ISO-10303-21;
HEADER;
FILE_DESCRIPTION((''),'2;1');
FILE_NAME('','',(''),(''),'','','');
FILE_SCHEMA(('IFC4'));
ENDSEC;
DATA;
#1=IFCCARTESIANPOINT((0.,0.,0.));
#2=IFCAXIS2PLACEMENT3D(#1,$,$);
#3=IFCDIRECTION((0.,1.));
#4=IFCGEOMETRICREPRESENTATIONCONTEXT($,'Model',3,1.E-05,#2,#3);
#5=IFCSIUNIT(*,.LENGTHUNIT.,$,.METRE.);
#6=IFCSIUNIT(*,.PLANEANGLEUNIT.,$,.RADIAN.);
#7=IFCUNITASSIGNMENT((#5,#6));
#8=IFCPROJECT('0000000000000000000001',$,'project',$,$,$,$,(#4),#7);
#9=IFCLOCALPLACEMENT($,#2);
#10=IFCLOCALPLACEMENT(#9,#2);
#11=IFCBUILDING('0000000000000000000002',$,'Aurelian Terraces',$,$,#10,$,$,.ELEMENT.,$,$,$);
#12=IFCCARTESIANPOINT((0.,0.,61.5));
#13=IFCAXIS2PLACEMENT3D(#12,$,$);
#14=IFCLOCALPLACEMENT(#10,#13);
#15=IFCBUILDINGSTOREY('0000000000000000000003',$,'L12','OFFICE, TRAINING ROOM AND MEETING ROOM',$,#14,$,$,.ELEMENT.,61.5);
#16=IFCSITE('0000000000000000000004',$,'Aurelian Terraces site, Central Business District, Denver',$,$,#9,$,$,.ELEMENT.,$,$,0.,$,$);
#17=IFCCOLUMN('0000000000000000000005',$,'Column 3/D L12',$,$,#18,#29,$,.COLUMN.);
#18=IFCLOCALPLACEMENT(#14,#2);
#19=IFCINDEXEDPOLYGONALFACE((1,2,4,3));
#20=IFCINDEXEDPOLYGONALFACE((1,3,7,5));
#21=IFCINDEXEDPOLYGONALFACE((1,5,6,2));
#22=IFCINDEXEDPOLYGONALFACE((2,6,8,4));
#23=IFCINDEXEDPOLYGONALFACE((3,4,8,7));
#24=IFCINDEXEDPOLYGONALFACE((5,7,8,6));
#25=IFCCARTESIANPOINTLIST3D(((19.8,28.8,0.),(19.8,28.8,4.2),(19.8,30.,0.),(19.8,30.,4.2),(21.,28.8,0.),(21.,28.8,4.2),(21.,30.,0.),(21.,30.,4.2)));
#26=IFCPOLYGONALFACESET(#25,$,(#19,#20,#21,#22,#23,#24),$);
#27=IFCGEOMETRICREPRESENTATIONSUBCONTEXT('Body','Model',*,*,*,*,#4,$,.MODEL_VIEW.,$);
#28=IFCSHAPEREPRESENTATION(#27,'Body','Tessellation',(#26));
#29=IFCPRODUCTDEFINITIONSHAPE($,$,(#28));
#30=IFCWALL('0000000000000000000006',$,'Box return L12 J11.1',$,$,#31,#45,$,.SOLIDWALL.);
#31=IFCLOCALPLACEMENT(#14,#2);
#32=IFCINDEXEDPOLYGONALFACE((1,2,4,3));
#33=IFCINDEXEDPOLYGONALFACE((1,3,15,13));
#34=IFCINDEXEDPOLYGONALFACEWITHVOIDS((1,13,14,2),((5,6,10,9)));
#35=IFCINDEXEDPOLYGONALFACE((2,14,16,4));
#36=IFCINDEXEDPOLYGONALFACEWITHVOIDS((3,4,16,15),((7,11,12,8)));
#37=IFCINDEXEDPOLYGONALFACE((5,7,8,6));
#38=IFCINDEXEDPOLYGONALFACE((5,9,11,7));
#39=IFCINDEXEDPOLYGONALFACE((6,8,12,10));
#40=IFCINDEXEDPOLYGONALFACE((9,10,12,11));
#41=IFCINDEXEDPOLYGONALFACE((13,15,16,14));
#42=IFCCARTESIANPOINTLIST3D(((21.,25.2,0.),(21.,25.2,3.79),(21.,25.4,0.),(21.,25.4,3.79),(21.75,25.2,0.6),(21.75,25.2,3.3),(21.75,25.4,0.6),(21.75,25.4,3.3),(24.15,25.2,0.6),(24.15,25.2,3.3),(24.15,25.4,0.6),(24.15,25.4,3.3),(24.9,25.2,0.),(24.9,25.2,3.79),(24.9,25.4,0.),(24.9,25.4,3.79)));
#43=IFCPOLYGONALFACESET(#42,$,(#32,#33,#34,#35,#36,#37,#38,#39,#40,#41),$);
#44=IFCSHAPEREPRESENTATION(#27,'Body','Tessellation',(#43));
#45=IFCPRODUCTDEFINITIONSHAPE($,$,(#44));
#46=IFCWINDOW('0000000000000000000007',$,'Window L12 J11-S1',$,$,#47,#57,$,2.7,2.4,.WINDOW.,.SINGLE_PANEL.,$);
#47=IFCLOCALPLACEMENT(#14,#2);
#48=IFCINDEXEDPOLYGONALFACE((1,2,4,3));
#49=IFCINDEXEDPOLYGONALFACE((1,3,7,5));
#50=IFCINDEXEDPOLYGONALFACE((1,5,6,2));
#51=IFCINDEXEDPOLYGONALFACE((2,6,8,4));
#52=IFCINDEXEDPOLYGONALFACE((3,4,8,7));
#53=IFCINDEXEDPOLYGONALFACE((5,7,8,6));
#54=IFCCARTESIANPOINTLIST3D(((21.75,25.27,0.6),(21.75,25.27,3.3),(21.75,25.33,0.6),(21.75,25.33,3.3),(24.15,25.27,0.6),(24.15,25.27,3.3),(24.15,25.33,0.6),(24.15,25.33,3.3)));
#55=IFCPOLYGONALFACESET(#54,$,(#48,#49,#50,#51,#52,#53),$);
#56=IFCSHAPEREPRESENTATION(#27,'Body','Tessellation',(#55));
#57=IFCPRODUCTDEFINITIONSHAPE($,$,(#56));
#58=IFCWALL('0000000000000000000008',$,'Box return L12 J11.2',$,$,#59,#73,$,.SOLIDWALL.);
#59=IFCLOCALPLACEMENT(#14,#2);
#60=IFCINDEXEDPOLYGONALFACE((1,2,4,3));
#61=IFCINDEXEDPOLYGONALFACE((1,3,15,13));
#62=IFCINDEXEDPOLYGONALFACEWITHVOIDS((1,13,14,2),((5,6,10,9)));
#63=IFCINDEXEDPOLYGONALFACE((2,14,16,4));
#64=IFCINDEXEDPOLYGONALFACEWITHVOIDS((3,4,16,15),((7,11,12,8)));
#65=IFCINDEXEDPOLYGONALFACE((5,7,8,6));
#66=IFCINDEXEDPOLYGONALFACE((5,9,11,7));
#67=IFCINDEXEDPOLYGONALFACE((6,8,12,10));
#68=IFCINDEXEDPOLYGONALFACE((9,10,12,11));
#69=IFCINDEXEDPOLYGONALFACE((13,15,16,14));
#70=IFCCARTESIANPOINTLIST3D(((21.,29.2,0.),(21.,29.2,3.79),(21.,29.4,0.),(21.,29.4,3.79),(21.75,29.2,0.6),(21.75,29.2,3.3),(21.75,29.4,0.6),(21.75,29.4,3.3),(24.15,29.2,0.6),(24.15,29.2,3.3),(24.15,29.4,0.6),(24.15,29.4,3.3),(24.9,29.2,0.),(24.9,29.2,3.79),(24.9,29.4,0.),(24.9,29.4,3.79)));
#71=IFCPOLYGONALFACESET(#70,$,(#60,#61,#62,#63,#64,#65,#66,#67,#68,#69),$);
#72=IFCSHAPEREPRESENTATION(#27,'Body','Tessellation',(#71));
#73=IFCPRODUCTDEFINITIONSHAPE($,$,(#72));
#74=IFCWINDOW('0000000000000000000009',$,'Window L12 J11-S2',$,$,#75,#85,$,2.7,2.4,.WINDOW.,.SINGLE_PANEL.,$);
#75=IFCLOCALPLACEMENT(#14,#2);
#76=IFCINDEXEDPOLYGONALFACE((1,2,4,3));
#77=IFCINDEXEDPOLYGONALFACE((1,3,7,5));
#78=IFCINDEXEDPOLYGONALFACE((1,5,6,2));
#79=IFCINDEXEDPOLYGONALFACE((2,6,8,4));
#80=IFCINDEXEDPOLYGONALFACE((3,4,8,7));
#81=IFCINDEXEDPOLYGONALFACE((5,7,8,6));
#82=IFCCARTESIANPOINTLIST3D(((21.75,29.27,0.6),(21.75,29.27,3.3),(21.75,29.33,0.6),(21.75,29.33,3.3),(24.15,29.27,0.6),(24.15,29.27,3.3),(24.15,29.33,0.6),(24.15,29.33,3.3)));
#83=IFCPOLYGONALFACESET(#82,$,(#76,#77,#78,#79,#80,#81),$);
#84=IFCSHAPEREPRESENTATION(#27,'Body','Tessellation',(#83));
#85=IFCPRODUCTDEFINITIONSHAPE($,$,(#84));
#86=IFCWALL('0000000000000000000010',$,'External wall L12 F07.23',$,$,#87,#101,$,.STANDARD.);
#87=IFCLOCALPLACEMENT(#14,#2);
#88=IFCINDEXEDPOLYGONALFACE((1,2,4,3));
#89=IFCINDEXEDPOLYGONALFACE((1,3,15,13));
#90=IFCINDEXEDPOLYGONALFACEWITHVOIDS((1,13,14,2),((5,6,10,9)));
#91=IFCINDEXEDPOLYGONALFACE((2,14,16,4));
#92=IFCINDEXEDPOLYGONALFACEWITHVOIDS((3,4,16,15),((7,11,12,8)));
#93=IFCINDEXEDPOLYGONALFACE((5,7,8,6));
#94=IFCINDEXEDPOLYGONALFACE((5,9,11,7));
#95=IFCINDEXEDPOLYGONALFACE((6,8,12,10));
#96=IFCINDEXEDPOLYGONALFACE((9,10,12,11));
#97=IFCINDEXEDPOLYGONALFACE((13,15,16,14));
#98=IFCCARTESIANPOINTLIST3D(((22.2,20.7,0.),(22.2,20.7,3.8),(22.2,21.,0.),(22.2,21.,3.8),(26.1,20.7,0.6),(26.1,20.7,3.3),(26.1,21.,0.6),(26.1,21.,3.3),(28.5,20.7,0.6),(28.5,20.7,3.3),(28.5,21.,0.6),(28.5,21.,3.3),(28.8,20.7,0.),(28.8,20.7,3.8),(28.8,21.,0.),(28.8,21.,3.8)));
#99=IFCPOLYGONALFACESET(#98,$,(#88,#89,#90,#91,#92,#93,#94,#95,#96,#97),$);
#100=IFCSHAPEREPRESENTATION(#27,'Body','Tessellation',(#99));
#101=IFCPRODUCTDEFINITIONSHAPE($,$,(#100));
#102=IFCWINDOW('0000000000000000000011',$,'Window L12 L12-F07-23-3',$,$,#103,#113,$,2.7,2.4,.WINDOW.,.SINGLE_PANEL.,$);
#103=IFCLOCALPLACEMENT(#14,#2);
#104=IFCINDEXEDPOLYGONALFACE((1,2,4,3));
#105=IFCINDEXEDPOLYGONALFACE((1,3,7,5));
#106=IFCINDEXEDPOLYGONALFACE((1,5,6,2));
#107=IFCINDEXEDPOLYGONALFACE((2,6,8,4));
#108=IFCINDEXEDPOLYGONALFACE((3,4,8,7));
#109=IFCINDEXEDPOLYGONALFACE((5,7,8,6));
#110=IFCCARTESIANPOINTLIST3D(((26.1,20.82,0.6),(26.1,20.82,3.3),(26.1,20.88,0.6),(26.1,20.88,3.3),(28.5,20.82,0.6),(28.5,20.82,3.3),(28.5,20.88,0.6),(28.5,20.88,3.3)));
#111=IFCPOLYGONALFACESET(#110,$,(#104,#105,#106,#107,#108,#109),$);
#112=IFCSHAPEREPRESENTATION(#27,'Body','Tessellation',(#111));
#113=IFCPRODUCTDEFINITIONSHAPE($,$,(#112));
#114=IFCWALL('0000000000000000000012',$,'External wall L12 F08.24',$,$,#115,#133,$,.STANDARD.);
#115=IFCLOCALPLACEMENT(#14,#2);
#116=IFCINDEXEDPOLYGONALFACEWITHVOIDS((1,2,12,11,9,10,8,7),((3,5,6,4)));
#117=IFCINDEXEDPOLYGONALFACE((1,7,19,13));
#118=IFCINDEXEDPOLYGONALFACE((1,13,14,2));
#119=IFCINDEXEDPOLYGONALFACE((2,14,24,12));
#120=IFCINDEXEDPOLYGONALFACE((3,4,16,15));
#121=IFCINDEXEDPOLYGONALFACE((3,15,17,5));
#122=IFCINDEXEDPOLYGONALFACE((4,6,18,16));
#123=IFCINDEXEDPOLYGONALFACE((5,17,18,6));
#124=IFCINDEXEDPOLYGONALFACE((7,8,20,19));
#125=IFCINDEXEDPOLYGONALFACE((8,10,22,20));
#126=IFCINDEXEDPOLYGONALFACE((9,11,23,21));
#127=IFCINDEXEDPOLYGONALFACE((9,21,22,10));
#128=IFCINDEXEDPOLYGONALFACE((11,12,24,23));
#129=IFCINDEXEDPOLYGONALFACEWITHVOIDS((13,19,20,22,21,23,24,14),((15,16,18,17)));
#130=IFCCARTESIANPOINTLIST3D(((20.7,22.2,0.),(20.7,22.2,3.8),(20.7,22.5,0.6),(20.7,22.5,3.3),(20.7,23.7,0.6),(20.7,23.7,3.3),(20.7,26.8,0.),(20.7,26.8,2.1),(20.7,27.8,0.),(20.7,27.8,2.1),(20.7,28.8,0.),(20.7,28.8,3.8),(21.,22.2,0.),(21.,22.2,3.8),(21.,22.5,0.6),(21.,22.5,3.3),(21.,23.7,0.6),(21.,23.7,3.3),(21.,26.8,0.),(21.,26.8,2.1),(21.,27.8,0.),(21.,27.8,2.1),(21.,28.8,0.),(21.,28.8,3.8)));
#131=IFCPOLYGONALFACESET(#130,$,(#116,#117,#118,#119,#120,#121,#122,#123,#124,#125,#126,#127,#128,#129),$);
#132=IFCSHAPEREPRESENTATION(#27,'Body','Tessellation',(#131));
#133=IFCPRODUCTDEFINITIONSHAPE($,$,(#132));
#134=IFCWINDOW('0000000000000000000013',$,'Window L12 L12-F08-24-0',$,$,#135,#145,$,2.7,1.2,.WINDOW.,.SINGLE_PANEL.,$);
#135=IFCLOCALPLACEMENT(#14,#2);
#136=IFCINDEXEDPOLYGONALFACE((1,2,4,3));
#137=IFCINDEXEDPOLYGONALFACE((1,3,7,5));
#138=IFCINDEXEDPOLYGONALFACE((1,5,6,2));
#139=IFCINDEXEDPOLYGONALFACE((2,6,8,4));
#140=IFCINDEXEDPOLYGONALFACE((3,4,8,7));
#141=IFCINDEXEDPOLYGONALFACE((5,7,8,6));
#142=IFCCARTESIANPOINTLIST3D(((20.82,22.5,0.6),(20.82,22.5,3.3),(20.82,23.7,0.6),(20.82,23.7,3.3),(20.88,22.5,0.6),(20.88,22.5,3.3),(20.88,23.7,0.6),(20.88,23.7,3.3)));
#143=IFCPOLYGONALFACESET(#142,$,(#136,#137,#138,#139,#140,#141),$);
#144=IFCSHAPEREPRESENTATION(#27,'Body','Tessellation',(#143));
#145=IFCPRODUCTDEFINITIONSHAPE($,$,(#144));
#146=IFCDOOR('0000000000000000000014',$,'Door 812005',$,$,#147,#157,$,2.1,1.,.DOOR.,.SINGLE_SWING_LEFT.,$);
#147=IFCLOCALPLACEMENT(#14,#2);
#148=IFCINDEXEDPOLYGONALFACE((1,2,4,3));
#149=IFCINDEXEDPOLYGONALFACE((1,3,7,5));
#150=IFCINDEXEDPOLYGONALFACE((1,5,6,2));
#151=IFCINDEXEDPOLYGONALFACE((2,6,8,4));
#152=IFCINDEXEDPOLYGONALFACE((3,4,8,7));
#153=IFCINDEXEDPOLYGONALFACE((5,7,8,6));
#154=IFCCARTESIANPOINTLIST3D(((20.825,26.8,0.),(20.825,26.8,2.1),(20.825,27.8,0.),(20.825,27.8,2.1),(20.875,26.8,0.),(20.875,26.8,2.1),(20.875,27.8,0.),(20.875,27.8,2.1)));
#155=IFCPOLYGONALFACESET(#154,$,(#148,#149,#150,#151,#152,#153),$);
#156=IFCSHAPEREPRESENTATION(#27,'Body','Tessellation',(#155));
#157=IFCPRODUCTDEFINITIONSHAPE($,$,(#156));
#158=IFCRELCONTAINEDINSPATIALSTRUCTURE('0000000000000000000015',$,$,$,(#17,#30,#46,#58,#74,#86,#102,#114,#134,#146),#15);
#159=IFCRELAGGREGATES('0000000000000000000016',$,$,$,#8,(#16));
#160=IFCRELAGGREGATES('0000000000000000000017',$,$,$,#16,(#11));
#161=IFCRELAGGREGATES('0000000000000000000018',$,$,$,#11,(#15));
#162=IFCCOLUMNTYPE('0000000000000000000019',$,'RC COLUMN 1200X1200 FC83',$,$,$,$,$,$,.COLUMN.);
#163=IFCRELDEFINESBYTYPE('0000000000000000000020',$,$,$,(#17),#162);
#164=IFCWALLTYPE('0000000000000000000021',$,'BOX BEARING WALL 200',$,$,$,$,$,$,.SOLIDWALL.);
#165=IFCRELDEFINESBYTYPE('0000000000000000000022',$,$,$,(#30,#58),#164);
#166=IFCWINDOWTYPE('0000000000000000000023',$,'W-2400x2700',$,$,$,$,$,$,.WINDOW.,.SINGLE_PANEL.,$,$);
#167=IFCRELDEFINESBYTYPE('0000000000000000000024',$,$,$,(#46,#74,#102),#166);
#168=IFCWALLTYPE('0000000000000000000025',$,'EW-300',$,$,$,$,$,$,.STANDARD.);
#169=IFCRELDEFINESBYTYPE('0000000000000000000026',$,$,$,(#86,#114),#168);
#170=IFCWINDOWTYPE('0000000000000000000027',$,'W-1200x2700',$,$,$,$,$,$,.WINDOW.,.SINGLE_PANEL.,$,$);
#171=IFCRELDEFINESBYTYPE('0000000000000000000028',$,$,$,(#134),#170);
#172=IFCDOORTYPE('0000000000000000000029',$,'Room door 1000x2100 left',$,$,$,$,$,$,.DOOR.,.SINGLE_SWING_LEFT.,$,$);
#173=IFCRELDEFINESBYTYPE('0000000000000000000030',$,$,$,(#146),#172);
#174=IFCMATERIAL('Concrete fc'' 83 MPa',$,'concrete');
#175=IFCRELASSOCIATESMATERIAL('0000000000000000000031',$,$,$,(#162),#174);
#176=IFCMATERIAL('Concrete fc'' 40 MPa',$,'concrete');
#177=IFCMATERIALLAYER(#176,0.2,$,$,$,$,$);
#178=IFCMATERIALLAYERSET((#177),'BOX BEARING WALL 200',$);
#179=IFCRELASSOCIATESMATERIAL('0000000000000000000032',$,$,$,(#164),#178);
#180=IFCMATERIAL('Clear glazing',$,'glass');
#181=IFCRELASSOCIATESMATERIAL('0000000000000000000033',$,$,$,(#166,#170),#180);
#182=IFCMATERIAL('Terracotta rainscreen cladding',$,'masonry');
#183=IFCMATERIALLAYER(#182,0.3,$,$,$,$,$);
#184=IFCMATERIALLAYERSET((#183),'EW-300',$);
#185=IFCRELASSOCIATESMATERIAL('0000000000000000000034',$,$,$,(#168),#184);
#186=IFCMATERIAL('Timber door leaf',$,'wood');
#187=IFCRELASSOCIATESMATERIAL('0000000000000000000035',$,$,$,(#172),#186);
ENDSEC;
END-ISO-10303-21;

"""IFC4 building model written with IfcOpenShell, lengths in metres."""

from ifc_helpers import new_model, si_unit, direction, frame, frame_2d, origin, origin_2d, place, context, subcontext, project, spatial, rectangle, extrude, source, transform, mapped, material, layer, layer_set, material_profile, profile_set, type_object, element, fill, save


model = new_model("IFC4")

# Units and contexts
model_context = context("Model", 3, precision=1e-05, world=origin(), true_north=direction((0.0, 1.0)))
body_context = subcontext(model_context, "Body", "Model", "MODEL_VIEW")
ifc_project = project(units=[si_unit("LENGTHUNIT", "METRE"), si_unit("PLANEANGLEUNIT", "RADIAN")], contexts=[model_context])

# Site, building, storey
site_placement = place(None, origin())
site = spatial("IfcSite", under=ifc_project, at=site_placement, Name="Aurelian Terraces site, Central Business District, Denver", CompositionType="ELEMENT", RefElevation=0.0)
building_placement = place(site_placement, origin())
building = spatial("IfcBuilding", under=site, at=building_placement, Name="Aurelian Terraces", CompositionType="ELEMENT")
storey_placement = place(building_placement, frame((0.0, 0.0, 61.5)))
storey = spatial("IfcBuildingStorey", under=building, at=storey_placement, Name="L12", Description="OFFICE, TRAINING ROOM AND MEETING ROOM", CompositionType="ELEMENT", Elevation=61.5)

# Column
ifc_material_1 = material(Name="Concrete fc' 83 MPa", Category="concrete")
ifc_material_profile = material_profile(ifc_material_1, rectangle(XDim=1.2, YDim=1.2, at=origin_2d()))
ifc_profile_set = profile_set([ifc_material_profile], Name="Concrete fc' 83 MPa")
column_type = type_object("IfcColumnType", Name="RC COLUMN 1200X1200 FC83", PredefinedType="COLUMN", material=ifc_profile_set)
shared_shape_1 = source(origin(), body_context, "Body", "SweptSolid", [
    extrude(rectangle(XDim=1.2, YDim=1.2, at=origin_2d()), origin(), (0.0, 0.0, 1.0), 4.2),
])
column_placement = place(storey_placement, frame((20.4, 29.4, 0.0), z_axis=(0.0, 0.0, 1.0), x_axis=(1.0, 0.0, 0.0)))
element("IfcColumn", 1, at=column_placement, inside=storey, type_object=column_type, Name="Column 3/D L12", PredefinedType="COLUMN", context=body_context, shape_type="MappedRepresentation", body=[
    mapped(shared_shape_1, transform((0.0, 0.0, 0.0), scale=1.0)),
])

# Walls, openings, windows
ifc_material_2 = material(Name="Concrete fc' 40 MPa", Category="concrete")
ifc_layer_1 = layer(ifc_material_2, 0.2)
ifc_layer_set_1 = layer_set([ifc_layer_1], Name="BOX BEARING WALL 200")
wall_type_1 = type_object("IfcWallType", Name="BOX BEARING WALL 200", PredefinedType="SOLIDWALL", material=ifc_layer_set_1)
shared_shape_2 = source(origin(), body_context, "Body", "SweptSolid", [
    extrude(rectangle(XDim=3.9, YDim=0.2, at=frame_2d((1.95, 0.0))), origin(), (0.0, 0.0, 1.0), 3.79),
])
wall_1_placement = place(storey_placement, frame((21.0, 25.3, 0.0), z_axis=(0.0, 0.0, 1.0), x_axis=(1.0, 0.0, 0.0)))
wall_1 = element("IfcWall", 2, at=wall_1_placement, inside=storey, type_object=wall_type_1, Name="Box return L12 J11.1", PredefinedType="SOLIDWALL", context=body_context, shape_type="MappedRepresentation", body=[
    mapped(shared_shape_2, transform((0.0, 0.0, 0.0), scale=1.0)),
])
shared_shape_3 = source(origin(), body_context, "Body", "SweptSolid", [
    extrude(rectangle(XDim=2.4, YDim=2.7, at=frame_2d((1.2, 1.35))), frame((0.0, 0.11, 0.0), z_axis=(0.0, -1.0, 0.0), x_axis=(1.0, 0.0, 0.0)), (0.0, 0.0, 1.0), 0.22),
])
opening_1_placement = place(wall_1_placement, frame((0.75, 0.0, 0.6)))
opening_1 = element("IfcOpeningElement", 3, at=opening_1_placement, cuts=wall_1, PredefinedType="OPENING", context=body_context, shape_type="MappedRepresentation", body=[
    mapped(shared_shape_3, transform((0.0, 0.0, 0.0), scale=1.0)),
])
ifc_material_3 = material(Name="Clear glazing", Category="glass")
window_type_1 = type_object("IfcWindowType", Name="W-2400x2700", PartitioningType="SINGLE_PANEL", PredefinedType="WINDOW", material=ifc_material_3)
shared_shape_4 = source(origin(), body_context, "Body", "SweptSolid", [
    extrude(rectangle(XDim=2.4, YDim=2.7, at=frame_2d((1.2, 1.35))), frame((0.0, 0.03, 0.0), z_axis=(0.0, -1.0, 0.0), x_axis=(1.0, 0.0, 0.0)), (0.0, 0.0, 1.0), 0.06),
])
window_1_placement = place(opening_1_placement, origin())
window_1 = element("IfcWindow", 4, at=window_1_placement, inside=storey, type_object=window_type_1, Name="Window L12 J11-S1", OverallHeight=2.7, OverallWidth=2.4, PartitioningType="SINGLE_PANEL", PredefinedType="WINDOW", context=body_context, shape_type="MappedRepresentation", body=[
    mapped(shared_shape_4, transform((0.0, 0.0, 0.0), scale=1.0)),
])
fill(opening_1, window_1)
wall_2_placement = place(storey_placement, frame((21.0, 29.3, 0.0), z_axis=(0.0, 0.0, 1.0), x_axis=(1.0, 0.0, 0.0)))
wall_2 = element("IfcWall", 5, at=wall_2_placement, inside=storey, type_object=wall_type_1, Name="Box return L12 J11.2", PredefinedType="SOLIDWALL", context=body_context, shape_type="MappedRepresentation", body=[
    mapped(shared_shape_2, transform((0.0, 0.0, 0.0), scale=1.0)),
])
opening_2_placement = place(wall_2_placement, frame((0.75, 0.0, 0.6)))
opening_2 = element("IfcOpeningElement", 6, at=opening_2_placement, cuts=wall_2, PredefinedType="OPENING", context=body_context, shape_type="MappedRepresentation", body=[
    mapped(shared_shape_3, transform((0.0, 0.0, 0.0), scale=1.0)),
])
window_2_placement = place(opening_2_placement, origin())
window_2 = element("IfcWindow", 7, at=window_2_placement, inside=storey, type_object=window_type_1, Name="Window L12 J11-S2", OverallHeight=2.7, OverallWidth=2.4, PartitioningType="SINGLE_PANEL", PredefinedType="WINDOW", context=body_context, shape_type="MappedRepresentation", body=[
    mapped(shared_shape_4, transform((0.0, 0.0, 0.0), scale=1.0)),
])
fill(opening_2, window_2)
ifc_material_4 = material(Name="Terracotta rainscreen cladding", Category="masonry")
ifc_layer_2 = layer(ifc_material_4, 0.3)
ifc_layer_set_2 = layer_set([ifc_layer_2], Name="EW-300")
wall_type_2 = type_object("IfcWallType", Name="EW-300", PredefinedType="STANDARD", material=ifc_layer_set_2)
shared_shape_5 = source(origin(), body_context, "Body", "SweptSolid", [
    extrude(rectangle(XDim=6.6, YDim=0.3, at=frame_2d((3.3, 0.0))), origin(), (0.0, 0.0, 1.0), 3.8),
])
wall_3_placement = place(storey_placement, frame((28.8, 20.85, 0.0), z_axis=(0.0, 0.0, 1.0), x_axis=(-1.0, 0.0, 0.0)))
wall_3 = element("IfcWall", 8, at=wall_3_placement, inside=storey, type_object=wall_type_2, Name="External wall L12 F07.23", PredefinedType="STANDARD", context=body_context, shape_type="MappedRepresentation", body=[
    mapped(shared_shape_5, transform((0.0, 0.0, 0.0), scale=1.0)),
])
shared_shape_6 = source(origin(), body_context, "Body", "SweptSolid", [
    extrude(rectangle(XDim=2.4, YDim=2.7, at=frame_2d((1.2, 1.35))), frame((0.0, 0.16, 0.0), z_axis=(0.0, -1.0, 0.0), x_axis=(1.0, 0.0, 0.0)), (0.0, 0.0, 1.0), 0.32),
])
opening_3_placement = place(wall_3_placement, frame((0.3, 0.0, 0.6)))
opening_3 = element("IfcOpeningElement", 9, at=opening_3_placement, cuts=wall_3, PredefinedType="OPENING", context=body_context, shape_type="MappedRepresentation", body=[
    mapped(shared_shape_6, transform((0.0, 0.0, 0.0), scale=1.0)),
])
window_3_placement = place(opening_3_placement, origin())
window_3 = element("IfcWindow", 10, at=window_3_placement, inside=storey, type_object=window_type_1, Name="Window L12 L12-F07-23-3", OverallHeight=2.7, OverallWidth=2.4, PartitioningType="SINGLE_PANEL", PredefinedType="WINDOW", context=body_context, shape_type="MappedRepresentation", body=[
    mapped(shared_shape_4, transform((0.0, 0.0, 0.0), scale=1.0)),
])
fill(opening_3, window_3)

# Wall, openings, window, door
wall_4_placement = place(storey_placement, frame((20.85, 22.2, 0.0), z_axis=(0.0, 0.0, 1.0), x_axis=(0.0, 1.0, 0.0)))
wall_4 = element("IfcWall", 11, at=wall_4_placement, inside=storey, type_object=wall_type_2, Name="External wall L12 F08.24", PredefinedType="STANDARD", context=body_context, shape_type="MappedRepresentation", body=[
    mapped(shared_shape_5, transform((0.0, 0.0, 0.0), scale=1.0)),
])
shared_shape_7 = source(origin(), body_context, "Body", "SweptSolid", [
    extrude(rectangle(XDim=1.2, YDim=2.7, at=frame_2d((0.6, 1.35))), frame((0.0, 0.16, 0.0), z_axis=(0.0, -1.0, 0.0), x_axis=(1.0, 0.0, 0.0)), (0.0, 0.0, 1.0), 0.32),
])
opening_4_placement = place(wall_4_placement, frame((0.3, 0.0, 0.6)))
opening_4 = element("IfcOpeningElement", 12, at=opening_4_placement, cuts=wall_4, PredefinedType="OPENING", context=body_context, shape_type="MappedRepresentation", body=[
    mapped(shared_shape_7, transform((0.0, 0.0, 0.0), scale=1.0)),
])
shared_shape_8 = source(origin(), body_context, "Body", "SweptSolid", [
    extrude(rectangle(XDim=1.0, YDim=2.1, at=frame_2d((0.5, 1.05))), frame((0.0, 0.16, 0.0), z_axis=(0.0, -1.0, 0.0), x_axis=(1.0, 0.0, 0.0)), (0.0, 0.0, 1.0), 0.32),
])
opening_5_placement = place(wall_4_placement, frame((4.6, 0.0, 0.0)))
opening_5 = element("IfcOpeningElement", 13, at=opening_5_placement, cuts=wall_4, PredefinedType="OPENING", context=body_context, shape_type="MappedRepresentation", body=[
    mapped(shared_shape_8, transform((0.0, 0.0, 0.0), scale=1.0)),
])
window_type_2 = type_object("IfcWindowType", Name="W-1200x2700", PartitioningType="SINGLE_PANEL", PredefinedType="WINDOW", material=ifc_material_3)
shared_shape_9 = source(origin(), body_context, "Body", "SweptSolid", [
    extrude(rectangle(XDim=1.2, YDim=2.7, at=frame_2d((0.6, 1.35))), frame((0.0, 0.03, 0.0), z_axis=(0.0, -1.0, 0.0), x_axis=(1.0, 0.0, 0.0)), (0.0, 0.0, 1.0), 0.06),
])
window_4_placement = place(opening_4_placement, origin())
window_4 = element("IfcWindow", 14, at=window_4_placement, inside=storey, type_object=window_type_2, Name="Window L12 L12-F08-24-0", OverallHeight=2.7, OverallWidth=1.2, PartitioningType="SINGLE_PANEL", PredefinedType="WINDOW", context=body_context, shape_type="MappedRepresentation", body=[
    mapped(shared_shape_9, transform((0.0, 0.0, 0.0), scale=1.0)),
])
fill(opening_4, window_4)
ifc_material_5 = material(Name="Timber door leaf", Category="wood")
door_type_1 = type_object("IfcDoorType", Name="Room door 1000x2100 left", OperationType="SINGLE_SWING_LEFT", PredefinedType="DOOR", material=ifc_material_5)
shared_shape_10 = source(origin(), body_context, "Body", "SweptSolid", [
    extrude(rectangle(XDim=1.0, YDim=2.1, at=frame_2d((0.5, 1.05))), frame((0.0, 0.025, 0.0), z_axis=(0.0, -1.0, 0.0), x_axis=(1.0, 0.0, 0.0)), (0.0, 0.0, 1.0), 0.05),
])
door_1_placement = place(opening_5_placement, origin())
door_1 = element("IfcDoor", 15, at=door_1_placement, inside=storey, type_object=door_type_1, Name="Door 812005", OperationType="SINGLE_SWING_LEFT", OverallHeight=2.1, OverallWidth=1.0, PredefinedType="DOOR", context=body_context, shape_type="MappedRepresentation", body=[
    mapped(shared_shape_10, transform((0.0, 0.0, 0.0), scale=1.0)),
])
fill(opening_5, door_1)

save(model, "model.ifc")
